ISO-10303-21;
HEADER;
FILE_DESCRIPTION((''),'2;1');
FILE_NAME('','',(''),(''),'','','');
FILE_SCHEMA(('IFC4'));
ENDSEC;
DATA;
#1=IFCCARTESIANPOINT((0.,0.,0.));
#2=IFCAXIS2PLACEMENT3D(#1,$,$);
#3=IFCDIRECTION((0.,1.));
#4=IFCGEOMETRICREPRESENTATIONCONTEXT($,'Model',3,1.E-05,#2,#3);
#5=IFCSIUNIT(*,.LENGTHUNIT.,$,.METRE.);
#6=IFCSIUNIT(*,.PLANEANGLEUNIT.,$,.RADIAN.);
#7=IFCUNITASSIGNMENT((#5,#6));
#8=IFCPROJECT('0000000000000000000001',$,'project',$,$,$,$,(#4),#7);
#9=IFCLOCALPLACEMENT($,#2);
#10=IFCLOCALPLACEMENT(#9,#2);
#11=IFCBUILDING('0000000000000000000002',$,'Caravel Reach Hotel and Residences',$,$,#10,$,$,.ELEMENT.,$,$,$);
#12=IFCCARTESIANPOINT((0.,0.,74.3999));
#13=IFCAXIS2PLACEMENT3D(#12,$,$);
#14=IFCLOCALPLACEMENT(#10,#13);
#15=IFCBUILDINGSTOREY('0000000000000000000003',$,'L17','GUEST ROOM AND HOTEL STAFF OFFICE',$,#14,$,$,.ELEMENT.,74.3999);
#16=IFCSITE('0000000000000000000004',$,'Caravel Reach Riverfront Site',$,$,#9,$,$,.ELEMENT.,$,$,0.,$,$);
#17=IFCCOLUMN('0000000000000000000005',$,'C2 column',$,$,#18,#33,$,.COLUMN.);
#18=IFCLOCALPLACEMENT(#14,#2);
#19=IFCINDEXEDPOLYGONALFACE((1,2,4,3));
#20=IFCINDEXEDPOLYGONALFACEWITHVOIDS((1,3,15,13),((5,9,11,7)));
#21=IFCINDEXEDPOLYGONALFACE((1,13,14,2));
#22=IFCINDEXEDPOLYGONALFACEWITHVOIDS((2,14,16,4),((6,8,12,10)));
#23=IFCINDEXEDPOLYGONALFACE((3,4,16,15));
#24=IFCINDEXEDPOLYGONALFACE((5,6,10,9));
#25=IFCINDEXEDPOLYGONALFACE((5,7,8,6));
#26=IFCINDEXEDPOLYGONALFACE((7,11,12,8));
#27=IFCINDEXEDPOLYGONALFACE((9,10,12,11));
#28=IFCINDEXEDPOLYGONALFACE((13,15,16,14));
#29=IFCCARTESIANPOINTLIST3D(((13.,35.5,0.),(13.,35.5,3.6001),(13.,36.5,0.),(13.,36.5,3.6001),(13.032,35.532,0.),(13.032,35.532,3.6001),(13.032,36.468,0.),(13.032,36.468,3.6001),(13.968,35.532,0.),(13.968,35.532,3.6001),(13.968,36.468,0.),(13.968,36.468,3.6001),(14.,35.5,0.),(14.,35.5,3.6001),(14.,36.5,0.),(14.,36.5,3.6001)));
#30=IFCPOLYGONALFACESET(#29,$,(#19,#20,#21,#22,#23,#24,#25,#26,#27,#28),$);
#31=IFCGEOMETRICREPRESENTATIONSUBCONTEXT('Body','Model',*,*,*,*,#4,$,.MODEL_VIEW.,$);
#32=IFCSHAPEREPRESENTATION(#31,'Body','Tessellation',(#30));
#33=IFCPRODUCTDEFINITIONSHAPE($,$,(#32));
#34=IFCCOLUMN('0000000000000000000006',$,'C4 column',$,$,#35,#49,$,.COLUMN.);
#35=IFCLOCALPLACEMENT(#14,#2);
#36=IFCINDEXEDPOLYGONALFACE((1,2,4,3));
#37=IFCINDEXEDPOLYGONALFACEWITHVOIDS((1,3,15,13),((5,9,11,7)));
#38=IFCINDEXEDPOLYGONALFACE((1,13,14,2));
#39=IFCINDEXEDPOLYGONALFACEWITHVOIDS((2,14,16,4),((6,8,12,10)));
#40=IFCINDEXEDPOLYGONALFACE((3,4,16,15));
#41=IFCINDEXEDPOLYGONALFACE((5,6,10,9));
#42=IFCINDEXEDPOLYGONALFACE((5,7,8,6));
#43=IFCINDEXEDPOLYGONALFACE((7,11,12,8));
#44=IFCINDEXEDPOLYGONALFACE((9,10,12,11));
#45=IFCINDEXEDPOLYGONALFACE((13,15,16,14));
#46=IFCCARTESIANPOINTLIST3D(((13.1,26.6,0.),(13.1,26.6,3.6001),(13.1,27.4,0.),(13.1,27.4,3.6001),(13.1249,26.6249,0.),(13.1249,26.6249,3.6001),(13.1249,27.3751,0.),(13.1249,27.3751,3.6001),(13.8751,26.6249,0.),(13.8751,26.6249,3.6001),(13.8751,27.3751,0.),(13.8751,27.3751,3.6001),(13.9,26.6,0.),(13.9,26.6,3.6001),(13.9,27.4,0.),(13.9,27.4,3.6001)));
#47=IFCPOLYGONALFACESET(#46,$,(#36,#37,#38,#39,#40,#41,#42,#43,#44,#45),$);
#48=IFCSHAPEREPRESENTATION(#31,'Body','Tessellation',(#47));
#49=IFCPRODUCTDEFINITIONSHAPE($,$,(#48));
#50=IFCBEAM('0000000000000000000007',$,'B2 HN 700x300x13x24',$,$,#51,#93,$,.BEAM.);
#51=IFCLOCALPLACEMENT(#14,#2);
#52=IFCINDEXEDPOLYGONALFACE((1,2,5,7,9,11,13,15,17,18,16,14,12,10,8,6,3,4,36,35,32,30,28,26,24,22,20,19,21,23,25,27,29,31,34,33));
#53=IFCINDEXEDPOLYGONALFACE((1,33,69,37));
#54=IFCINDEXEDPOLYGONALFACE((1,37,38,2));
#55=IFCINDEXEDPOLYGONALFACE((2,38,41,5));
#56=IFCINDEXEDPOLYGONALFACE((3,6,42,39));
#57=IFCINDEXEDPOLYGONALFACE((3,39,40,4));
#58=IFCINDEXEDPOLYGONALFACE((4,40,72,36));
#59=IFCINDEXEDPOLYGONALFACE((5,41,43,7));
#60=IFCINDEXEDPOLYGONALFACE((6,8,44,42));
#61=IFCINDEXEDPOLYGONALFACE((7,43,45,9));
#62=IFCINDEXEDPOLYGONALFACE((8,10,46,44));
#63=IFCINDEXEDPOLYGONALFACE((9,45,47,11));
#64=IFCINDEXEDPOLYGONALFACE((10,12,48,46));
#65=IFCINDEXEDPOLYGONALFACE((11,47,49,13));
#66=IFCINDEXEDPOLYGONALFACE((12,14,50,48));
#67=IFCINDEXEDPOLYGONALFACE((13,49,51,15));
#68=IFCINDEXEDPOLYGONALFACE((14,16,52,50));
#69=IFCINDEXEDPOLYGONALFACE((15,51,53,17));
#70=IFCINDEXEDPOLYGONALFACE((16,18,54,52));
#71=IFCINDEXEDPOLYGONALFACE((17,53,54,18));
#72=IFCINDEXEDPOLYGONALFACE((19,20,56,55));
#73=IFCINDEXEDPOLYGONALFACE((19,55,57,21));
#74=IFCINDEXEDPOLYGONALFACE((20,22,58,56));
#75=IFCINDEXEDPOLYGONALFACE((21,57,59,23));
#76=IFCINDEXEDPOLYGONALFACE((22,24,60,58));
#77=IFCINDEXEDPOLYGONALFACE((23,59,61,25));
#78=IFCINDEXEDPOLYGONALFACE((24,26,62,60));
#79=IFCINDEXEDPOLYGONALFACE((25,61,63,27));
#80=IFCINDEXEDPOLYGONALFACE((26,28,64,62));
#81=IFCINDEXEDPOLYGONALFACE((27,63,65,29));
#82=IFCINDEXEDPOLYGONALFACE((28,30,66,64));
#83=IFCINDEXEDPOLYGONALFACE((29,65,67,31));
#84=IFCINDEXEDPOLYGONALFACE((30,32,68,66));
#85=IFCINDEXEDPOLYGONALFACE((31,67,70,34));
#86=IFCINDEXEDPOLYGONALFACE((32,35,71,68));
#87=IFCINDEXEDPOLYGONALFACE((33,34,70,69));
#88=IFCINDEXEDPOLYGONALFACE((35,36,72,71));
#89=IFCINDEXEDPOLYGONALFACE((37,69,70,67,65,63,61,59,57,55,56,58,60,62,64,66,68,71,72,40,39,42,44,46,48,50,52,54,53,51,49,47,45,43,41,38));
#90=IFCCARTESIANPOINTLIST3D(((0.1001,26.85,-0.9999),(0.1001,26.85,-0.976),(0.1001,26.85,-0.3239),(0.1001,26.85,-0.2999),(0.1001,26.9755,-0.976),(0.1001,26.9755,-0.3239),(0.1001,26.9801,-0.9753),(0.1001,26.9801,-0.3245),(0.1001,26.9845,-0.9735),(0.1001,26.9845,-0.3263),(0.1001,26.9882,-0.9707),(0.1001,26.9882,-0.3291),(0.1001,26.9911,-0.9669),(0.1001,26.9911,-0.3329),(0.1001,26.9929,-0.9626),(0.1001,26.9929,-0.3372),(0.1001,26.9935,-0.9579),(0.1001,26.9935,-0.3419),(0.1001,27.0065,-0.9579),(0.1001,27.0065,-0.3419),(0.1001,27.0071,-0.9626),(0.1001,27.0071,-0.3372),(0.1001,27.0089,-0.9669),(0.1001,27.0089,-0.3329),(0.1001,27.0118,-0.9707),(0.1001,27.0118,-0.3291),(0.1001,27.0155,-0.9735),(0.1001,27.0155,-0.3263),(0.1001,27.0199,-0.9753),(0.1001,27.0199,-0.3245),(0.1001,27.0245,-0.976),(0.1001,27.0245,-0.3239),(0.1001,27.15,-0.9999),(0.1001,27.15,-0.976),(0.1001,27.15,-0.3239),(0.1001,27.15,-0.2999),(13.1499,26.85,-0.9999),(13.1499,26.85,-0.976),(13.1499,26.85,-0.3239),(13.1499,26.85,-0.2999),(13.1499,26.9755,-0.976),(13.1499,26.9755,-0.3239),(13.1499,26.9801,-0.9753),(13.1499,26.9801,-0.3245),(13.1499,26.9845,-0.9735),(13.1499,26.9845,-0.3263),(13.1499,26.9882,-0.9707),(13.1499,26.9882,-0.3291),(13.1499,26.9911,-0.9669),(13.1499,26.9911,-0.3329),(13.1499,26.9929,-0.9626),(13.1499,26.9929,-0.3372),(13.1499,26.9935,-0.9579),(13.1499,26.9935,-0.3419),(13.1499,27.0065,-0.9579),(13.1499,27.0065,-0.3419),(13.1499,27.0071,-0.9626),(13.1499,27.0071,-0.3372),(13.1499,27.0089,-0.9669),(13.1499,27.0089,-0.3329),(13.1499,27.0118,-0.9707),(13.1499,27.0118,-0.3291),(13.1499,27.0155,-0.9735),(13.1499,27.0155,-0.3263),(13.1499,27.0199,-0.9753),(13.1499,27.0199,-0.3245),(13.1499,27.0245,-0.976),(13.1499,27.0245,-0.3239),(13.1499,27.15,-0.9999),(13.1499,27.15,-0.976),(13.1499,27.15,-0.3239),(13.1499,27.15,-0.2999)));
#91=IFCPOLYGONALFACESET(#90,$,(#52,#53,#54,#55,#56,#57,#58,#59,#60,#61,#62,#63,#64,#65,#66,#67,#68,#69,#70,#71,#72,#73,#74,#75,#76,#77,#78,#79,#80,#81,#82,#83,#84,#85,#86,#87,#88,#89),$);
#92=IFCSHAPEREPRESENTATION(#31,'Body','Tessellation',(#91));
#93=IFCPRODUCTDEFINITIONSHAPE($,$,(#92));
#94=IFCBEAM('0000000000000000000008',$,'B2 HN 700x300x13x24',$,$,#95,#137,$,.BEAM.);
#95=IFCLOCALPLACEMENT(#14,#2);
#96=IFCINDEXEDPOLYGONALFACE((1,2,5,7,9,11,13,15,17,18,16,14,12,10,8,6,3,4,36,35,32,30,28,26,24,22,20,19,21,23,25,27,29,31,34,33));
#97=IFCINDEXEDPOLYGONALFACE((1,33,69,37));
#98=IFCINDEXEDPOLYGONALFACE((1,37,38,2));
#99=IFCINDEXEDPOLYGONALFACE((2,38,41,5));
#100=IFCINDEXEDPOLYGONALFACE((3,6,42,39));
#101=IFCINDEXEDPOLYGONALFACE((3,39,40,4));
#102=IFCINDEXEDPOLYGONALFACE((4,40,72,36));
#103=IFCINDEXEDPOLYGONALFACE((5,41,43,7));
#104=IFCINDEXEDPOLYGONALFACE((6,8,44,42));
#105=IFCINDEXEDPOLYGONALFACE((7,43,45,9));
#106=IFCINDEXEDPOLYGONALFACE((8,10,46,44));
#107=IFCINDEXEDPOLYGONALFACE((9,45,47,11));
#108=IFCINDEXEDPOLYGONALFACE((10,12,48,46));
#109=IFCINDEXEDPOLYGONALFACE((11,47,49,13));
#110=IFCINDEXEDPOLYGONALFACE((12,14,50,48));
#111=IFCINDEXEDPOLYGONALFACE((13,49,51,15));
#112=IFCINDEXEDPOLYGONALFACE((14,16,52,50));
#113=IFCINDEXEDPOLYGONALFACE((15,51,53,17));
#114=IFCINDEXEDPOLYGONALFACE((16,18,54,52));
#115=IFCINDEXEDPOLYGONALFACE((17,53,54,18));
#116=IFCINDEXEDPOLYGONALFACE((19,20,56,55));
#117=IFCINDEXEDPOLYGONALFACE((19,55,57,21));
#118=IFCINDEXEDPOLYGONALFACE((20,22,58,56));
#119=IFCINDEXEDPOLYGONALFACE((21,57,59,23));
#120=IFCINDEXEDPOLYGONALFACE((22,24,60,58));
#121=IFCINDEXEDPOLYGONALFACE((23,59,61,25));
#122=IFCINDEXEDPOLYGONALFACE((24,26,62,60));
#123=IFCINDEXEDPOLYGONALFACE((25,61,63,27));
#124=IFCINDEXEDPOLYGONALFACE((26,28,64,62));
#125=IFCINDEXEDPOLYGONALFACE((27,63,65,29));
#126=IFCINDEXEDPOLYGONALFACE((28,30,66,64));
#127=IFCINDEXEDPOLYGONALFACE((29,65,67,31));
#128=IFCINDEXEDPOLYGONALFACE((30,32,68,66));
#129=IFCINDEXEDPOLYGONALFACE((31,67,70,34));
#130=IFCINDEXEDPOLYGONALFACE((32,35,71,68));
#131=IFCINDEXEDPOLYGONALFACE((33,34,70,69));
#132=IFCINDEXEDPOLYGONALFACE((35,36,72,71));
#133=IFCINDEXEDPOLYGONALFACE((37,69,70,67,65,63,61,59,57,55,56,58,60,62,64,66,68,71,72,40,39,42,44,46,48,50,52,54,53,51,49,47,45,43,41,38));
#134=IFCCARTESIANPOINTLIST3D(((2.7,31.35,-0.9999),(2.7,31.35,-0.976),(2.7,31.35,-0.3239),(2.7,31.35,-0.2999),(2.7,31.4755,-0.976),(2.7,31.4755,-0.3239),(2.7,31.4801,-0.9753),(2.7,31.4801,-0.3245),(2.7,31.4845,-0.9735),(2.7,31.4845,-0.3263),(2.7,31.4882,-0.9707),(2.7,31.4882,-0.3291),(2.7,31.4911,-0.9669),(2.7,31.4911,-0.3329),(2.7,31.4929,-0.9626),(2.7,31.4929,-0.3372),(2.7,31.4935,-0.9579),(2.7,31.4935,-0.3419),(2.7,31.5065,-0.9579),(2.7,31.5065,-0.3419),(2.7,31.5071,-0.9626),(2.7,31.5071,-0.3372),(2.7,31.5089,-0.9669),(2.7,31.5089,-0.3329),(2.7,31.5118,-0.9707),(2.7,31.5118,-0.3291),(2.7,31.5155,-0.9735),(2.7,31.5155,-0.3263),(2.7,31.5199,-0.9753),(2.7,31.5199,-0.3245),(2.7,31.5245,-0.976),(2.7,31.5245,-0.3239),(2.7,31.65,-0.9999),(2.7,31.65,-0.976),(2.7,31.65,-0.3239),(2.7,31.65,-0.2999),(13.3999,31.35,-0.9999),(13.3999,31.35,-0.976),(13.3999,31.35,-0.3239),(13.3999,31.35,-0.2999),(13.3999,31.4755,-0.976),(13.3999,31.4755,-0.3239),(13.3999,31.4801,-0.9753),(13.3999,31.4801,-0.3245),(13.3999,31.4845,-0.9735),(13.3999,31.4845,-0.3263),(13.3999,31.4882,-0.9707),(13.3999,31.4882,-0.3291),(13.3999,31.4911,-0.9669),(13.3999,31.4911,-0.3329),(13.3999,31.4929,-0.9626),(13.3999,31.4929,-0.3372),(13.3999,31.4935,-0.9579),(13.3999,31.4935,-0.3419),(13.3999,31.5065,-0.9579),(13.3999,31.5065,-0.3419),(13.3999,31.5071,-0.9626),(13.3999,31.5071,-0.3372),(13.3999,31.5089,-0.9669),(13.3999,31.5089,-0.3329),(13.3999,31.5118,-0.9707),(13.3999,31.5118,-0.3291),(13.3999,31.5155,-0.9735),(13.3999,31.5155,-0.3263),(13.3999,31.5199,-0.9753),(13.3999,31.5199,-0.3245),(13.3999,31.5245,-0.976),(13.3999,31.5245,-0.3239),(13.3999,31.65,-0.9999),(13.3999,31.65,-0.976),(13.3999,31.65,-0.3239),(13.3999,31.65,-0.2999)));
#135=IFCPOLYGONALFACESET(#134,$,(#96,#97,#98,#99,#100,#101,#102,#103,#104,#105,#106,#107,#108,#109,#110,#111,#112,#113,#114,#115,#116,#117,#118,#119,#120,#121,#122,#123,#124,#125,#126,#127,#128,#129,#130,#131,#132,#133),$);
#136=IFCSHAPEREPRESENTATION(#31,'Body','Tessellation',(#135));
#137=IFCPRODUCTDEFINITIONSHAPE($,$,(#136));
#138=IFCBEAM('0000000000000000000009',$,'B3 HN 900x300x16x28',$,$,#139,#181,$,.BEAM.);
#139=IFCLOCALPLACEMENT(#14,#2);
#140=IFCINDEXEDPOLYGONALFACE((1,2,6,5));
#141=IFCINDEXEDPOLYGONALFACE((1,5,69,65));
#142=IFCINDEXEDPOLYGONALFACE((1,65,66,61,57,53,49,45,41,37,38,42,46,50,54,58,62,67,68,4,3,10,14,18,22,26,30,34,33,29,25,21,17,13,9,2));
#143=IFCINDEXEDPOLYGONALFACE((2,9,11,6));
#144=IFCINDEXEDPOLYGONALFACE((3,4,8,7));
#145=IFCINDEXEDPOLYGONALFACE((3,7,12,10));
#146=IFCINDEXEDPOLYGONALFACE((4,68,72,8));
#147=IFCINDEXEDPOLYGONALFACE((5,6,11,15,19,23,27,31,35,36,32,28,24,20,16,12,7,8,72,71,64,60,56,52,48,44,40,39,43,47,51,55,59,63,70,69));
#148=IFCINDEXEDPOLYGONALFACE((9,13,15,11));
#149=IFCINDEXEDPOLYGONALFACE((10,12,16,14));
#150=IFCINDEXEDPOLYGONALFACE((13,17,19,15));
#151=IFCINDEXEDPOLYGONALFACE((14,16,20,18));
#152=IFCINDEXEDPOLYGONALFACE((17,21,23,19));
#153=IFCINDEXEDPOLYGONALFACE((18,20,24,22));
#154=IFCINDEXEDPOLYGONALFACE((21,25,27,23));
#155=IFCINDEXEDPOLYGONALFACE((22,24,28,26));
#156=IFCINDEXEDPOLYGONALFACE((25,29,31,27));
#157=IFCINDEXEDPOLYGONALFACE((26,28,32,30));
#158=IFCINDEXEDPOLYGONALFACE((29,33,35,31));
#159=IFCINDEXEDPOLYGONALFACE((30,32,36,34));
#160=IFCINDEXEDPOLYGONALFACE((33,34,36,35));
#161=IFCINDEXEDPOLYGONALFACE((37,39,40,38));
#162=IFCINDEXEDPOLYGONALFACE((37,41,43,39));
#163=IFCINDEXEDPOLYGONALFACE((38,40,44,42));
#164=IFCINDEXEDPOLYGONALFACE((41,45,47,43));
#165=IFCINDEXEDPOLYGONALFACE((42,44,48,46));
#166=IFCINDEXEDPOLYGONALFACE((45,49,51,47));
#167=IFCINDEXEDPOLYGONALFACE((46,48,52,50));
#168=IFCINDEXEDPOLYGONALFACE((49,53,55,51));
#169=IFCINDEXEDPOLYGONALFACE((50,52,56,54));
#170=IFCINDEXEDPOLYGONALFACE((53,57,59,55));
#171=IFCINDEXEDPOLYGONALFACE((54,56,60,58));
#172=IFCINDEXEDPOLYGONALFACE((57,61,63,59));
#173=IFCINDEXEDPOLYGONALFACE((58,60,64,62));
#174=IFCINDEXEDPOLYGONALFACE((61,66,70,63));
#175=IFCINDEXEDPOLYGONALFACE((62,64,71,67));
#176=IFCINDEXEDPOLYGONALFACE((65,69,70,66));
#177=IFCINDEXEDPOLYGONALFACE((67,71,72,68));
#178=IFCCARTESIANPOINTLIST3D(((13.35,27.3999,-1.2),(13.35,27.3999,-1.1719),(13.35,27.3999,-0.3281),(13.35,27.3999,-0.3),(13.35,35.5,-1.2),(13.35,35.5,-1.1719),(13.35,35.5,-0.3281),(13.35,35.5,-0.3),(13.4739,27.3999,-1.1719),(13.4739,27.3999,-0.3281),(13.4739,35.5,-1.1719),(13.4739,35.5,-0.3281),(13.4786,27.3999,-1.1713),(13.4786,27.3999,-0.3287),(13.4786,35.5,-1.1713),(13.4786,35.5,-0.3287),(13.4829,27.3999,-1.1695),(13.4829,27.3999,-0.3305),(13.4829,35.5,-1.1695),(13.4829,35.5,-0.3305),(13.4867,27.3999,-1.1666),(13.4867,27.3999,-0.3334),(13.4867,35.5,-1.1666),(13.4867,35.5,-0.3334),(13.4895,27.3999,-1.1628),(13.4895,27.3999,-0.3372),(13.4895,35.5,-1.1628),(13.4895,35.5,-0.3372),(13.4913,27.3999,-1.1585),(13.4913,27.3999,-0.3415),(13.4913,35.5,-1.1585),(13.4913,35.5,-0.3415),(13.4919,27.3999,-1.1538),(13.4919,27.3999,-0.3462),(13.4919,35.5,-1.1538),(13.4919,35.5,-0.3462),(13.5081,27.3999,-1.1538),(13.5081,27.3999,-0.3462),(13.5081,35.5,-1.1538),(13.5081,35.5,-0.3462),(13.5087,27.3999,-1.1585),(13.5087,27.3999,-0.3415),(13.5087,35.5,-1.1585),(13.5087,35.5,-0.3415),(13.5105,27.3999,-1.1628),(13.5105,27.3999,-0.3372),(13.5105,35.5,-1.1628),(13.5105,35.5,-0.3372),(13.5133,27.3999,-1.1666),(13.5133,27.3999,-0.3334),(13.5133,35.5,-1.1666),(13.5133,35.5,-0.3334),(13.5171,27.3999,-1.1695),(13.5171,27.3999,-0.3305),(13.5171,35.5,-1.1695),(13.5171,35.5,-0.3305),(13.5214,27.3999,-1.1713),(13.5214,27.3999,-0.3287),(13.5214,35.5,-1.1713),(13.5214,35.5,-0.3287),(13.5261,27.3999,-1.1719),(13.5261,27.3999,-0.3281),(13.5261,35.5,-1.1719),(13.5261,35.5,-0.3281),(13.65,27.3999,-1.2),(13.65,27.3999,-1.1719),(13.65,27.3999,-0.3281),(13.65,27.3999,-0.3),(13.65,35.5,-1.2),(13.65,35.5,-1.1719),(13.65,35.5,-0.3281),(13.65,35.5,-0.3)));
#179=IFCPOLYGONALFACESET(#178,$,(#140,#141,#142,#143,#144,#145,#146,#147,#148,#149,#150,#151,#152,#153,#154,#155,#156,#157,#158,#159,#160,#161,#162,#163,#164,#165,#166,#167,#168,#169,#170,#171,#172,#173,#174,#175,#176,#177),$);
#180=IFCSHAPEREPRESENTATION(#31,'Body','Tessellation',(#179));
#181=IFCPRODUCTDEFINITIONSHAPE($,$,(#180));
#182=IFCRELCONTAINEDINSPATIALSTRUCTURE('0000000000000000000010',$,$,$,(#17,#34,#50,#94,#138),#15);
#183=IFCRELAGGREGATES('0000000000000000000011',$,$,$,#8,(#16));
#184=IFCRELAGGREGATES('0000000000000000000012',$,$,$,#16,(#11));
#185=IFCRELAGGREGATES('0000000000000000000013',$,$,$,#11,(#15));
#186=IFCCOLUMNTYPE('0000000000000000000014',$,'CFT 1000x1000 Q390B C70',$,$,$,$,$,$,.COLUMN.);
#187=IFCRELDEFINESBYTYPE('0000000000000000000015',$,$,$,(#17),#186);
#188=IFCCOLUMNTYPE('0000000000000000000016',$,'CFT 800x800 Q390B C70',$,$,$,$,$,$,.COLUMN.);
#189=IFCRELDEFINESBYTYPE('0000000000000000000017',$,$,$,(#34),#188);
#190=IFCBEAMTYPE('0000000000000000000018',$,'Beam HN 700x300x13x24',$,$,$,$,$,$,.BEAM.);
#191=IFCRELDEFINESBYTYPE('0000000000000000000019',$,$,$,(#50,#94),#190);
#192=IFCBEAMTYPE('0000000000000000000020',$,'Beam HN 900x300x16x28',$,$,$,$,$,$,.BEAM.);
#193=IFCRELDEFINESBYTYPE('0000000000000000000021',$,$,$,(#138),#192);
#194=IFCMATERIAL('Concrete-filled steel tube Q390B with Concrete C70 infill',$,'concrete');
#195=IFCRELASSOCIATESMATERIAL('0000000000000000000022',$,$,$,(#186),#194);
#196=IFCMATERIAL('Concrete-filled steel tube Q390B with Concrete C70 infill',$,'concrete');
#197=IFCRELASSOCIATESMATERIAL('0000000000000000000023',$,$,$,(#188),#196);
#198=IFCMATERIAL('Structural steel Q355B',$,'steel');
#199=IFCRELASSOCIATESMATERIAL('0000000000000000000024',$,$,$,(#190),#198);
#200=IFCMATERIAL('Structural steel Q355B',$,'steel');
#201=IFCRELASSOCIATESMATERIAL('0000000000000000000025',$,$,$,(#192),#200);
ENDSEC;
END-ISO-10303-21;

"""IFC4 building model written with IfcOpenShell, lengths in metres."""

from ifc_helpers import new_model, si_unit, direction, frame, origin, origin_2d, place, context, subcontext, project, spatial, hollow_rectangle, i_section, extrude, material, material_profile, profile_set, type_object, element, save


model = new_model("IFC4")

# Units and contexts
model_context = context("Model", 3, precision=1e-05, world=origin(), true_north=direction((0.0, 1.0)))
body_context = subcontext(model_context, "Body", "Model", "MODEL_VIEW")
ifc_project = project(units=[si_unit("LENGTHUNIT", "METRE"), si_unit("PLANEANGLEUNIT", "RADIAN")], contexts=[model_context])

# Site, building, storey
site_placement = place(None, origin())
site = spatial("IfcSite", under=ifc_project, at=site_placement, Name="Caravel Reach Riverfront Site", CompositionType="ELEMENT", RefElevation=0.0)
building_placement = place(site_placement, origin())
building = spatial("IfcBuilding", under=site, at=building_placement, Name="Caravel Reach Hotel and Residences", CompositionType="ELEMENT")
storey_placement = place(building_placement, frame((0.0, 0.0, 74.3999)))
storey = spatial("IfcBuildingStorey", under=building, at=storey_placement, Name="L17", Description="GUEST ROOM AND HOTEL STAFF OFFICE", CompositionType="ELEMENT", Elevation=74.3999)

# Columns
ifc_material_1 = material(Name="Concrete-filled steel tube Q390B with Concrete C70 infill", Category="concrete")
ifc_material_profile_1 = material_profile(ifc_material_1, hollow_rectangle(XDim=1.0, YDim=1.0, WallThickness=0.032, at=origin_2d()), Name="RHS 1000x1000x32")
ifc_profile_set_1 = profile_set([ifc_material_profile_1], Name="Concrete-filled steel tube Q390B with Concrete C70 infill")
column_type_1 = type_object("IfcColumnType", Name="CFT 1000x1000 Q390B C70", PredefinedType="COLUMN", material=ifc_profile_set_1)
column_1_placement = place(storey_placement, frame((13.5, 36.0, 0.0), z_axis=(0.0, 0.0, 1.0), x_axis=(1.0, 0.0, 0.0)))
element("IfcColumn", 1, at=column_1_placement, inside=storey, type_object=column_type_1, Name="C2 column", PredefinedType="COLUMN", context=body_context, shape_type="SweptSolid", body=[
    extrude(hollow_rectangle(XDim=1.0, YDim=1.0, WallThickness=0.032, at=origin_2d()), origin(), (0.0, 0.0, 1.0), 3.6001),
])
ifc_material_2 = material(Name="Concrete-filled steel tube Q390B with Concrete C70 infill", Category="concrete")
ifc_material_profile_2 = material_profile(ifc_material_2, hollow_rectangle(XDim=0.8, YDim=0.8, WallThickness=0.0249, at=origin_2d()), Name="RHS 800x800x25")
ifc_profile_set_2 = profile_set([ifc_material_profile_2], Name="Concrete-filled steel tube Q390B with Concrete C70 infill")
column_type_2 = type_object("IfcColumnType", Name="CFT 800x800 Q390B C70", PredefinedType="COLUMN", material=ifc_profile_set_2)
column_2_placement = place(storey_placement, frame((13.5, 27.0, 0.0), z_axis=(0.0, 0.0, 1.0), x_axis=(1.0, 0.0, 0.0)))
element("IfcColumn", 2, at=column_2_placement, inside=storey, type_object=column_type_2, Name="C4 column", PredefinedType="COLUMN", context=body_context, shape_type="SweptSolid", body=[
    extrude(hollow_rectangle(XDim=0.8, YDim=0.8, WallThickness=0.0249, at=origin_2d()), origin(), (0.0, 0.0, 1.0), 3.6001),
])

# Beams
ifc_material_3 = material(Name="Structural steel Q355B", Category="steel")
ifc_material_profile_3 = material_profile(ifc_material_3, i_section(OverallWidth=0.3, OverallDepth=0.7, WebThickness=0.0129, FlangeThickness=0.0239, FilletRadius=0.0181, at=origin_2d()), Name="HN 700x300x13x24")
ifc_profile_set_3 = profile_set([ifc_material_profile_3], Name="Structural steel Q355B")
beam_type_1 = type_object("IfcBeamType", Name="Beam HN 700x300x13x24", PredefinedType="BEAM", material=ifc_profile_set_3)
beam_1_placement = place(storey_placement, frame((13.1499, 27.0, -0.6499), z_axis=(-1.0, 0.0, 0.0), x_axis=(0.0, -1.0, 0.0)))
element("IfcBeam", 3, at=beam_1_placement, inside=storey, type_object=beam_type_1, Name="B2 HN 700x300x13x24", PredefinedType="BEAM", context=body_context, shape_type="SweptSolid", body=[
    extrude(i_section(OverallWidth=0.3, OverallDepth=0.7, WebThickness=0.0129, FlangeThickness=0.0239, FilletRadius=0.0181, at=origin_2d()), origin(), (0.0, 0.0, 1.0), 13.0498),
])
beam_2_placement = place(storey_placement, frame((13.3999, 31.5, -0.6499), z_axis=(-1.0, 0.0, 0.0), x_axis=(0.0, -1.0, 0.0)))
element("IfcBeam", 4, at=beam_2_placement, inside=storey, type_object=beam_type_1, Name="B2 HN 700x300x13x24", PredefinedType="BEAM", context=body_context, shape_type="SweptSolid", body=[
    extrude(i_section(OverallWidth=0.3, OverallDepth=0.7, WebThickness=0.0129, FlangeThickness=0.0239, FilletRadius=0.0181, at=origin_2d()), origin(), (0.0, 0.0, 1.0), 10.7),
])
ifc_material_4 = material(Name="Structural steel Q355B", Category="steel")
ifc_material_profile_4 = material_profile(ifc_material_4, i_section(OverallWidth=0.3, OverallDepth=0.8999, WebThickness=0.0161, FlangeThickness=0.0281, FilletRadius=0.0181, at=origin_2d()), Name="HN 900x300x16x28")
ifc_profile_set_4 = profile_set([ifc_material_profile_4], Name="Structural steel Q355B")
beam_type_2 = type_object("IfcBeamType", Name="Beam HN 900x300x16x28", PredefinedType="BEAM", material=ifc_profile_set_4)
beam_3_placement = place(storey_placement, frame((13.5, 27.3999, -0.75), z_axis=(0.0, 1.0, 0.0), x_axis=(-1.0, 0.0, 0.0)))
element("IfcBeam", 5, at=beam_3_placement, inside=storey, type_object=beam_type_2, Name="B3 HN 900x300x16x28", PredefinedType="BEAM", context=body_context, shape_type="SweptSolid", body=[
    extrude(i_section(OverallWidth=0.3, OverallDepth=0.8999, WebThickness=0.0161, FlangeThickness=0.0281, FilletRadius=0.0181, at=origin_2d()), origin(), (0.0, 0.0, 1.0), 8.1001),
])

save(model, "model.ifc")
